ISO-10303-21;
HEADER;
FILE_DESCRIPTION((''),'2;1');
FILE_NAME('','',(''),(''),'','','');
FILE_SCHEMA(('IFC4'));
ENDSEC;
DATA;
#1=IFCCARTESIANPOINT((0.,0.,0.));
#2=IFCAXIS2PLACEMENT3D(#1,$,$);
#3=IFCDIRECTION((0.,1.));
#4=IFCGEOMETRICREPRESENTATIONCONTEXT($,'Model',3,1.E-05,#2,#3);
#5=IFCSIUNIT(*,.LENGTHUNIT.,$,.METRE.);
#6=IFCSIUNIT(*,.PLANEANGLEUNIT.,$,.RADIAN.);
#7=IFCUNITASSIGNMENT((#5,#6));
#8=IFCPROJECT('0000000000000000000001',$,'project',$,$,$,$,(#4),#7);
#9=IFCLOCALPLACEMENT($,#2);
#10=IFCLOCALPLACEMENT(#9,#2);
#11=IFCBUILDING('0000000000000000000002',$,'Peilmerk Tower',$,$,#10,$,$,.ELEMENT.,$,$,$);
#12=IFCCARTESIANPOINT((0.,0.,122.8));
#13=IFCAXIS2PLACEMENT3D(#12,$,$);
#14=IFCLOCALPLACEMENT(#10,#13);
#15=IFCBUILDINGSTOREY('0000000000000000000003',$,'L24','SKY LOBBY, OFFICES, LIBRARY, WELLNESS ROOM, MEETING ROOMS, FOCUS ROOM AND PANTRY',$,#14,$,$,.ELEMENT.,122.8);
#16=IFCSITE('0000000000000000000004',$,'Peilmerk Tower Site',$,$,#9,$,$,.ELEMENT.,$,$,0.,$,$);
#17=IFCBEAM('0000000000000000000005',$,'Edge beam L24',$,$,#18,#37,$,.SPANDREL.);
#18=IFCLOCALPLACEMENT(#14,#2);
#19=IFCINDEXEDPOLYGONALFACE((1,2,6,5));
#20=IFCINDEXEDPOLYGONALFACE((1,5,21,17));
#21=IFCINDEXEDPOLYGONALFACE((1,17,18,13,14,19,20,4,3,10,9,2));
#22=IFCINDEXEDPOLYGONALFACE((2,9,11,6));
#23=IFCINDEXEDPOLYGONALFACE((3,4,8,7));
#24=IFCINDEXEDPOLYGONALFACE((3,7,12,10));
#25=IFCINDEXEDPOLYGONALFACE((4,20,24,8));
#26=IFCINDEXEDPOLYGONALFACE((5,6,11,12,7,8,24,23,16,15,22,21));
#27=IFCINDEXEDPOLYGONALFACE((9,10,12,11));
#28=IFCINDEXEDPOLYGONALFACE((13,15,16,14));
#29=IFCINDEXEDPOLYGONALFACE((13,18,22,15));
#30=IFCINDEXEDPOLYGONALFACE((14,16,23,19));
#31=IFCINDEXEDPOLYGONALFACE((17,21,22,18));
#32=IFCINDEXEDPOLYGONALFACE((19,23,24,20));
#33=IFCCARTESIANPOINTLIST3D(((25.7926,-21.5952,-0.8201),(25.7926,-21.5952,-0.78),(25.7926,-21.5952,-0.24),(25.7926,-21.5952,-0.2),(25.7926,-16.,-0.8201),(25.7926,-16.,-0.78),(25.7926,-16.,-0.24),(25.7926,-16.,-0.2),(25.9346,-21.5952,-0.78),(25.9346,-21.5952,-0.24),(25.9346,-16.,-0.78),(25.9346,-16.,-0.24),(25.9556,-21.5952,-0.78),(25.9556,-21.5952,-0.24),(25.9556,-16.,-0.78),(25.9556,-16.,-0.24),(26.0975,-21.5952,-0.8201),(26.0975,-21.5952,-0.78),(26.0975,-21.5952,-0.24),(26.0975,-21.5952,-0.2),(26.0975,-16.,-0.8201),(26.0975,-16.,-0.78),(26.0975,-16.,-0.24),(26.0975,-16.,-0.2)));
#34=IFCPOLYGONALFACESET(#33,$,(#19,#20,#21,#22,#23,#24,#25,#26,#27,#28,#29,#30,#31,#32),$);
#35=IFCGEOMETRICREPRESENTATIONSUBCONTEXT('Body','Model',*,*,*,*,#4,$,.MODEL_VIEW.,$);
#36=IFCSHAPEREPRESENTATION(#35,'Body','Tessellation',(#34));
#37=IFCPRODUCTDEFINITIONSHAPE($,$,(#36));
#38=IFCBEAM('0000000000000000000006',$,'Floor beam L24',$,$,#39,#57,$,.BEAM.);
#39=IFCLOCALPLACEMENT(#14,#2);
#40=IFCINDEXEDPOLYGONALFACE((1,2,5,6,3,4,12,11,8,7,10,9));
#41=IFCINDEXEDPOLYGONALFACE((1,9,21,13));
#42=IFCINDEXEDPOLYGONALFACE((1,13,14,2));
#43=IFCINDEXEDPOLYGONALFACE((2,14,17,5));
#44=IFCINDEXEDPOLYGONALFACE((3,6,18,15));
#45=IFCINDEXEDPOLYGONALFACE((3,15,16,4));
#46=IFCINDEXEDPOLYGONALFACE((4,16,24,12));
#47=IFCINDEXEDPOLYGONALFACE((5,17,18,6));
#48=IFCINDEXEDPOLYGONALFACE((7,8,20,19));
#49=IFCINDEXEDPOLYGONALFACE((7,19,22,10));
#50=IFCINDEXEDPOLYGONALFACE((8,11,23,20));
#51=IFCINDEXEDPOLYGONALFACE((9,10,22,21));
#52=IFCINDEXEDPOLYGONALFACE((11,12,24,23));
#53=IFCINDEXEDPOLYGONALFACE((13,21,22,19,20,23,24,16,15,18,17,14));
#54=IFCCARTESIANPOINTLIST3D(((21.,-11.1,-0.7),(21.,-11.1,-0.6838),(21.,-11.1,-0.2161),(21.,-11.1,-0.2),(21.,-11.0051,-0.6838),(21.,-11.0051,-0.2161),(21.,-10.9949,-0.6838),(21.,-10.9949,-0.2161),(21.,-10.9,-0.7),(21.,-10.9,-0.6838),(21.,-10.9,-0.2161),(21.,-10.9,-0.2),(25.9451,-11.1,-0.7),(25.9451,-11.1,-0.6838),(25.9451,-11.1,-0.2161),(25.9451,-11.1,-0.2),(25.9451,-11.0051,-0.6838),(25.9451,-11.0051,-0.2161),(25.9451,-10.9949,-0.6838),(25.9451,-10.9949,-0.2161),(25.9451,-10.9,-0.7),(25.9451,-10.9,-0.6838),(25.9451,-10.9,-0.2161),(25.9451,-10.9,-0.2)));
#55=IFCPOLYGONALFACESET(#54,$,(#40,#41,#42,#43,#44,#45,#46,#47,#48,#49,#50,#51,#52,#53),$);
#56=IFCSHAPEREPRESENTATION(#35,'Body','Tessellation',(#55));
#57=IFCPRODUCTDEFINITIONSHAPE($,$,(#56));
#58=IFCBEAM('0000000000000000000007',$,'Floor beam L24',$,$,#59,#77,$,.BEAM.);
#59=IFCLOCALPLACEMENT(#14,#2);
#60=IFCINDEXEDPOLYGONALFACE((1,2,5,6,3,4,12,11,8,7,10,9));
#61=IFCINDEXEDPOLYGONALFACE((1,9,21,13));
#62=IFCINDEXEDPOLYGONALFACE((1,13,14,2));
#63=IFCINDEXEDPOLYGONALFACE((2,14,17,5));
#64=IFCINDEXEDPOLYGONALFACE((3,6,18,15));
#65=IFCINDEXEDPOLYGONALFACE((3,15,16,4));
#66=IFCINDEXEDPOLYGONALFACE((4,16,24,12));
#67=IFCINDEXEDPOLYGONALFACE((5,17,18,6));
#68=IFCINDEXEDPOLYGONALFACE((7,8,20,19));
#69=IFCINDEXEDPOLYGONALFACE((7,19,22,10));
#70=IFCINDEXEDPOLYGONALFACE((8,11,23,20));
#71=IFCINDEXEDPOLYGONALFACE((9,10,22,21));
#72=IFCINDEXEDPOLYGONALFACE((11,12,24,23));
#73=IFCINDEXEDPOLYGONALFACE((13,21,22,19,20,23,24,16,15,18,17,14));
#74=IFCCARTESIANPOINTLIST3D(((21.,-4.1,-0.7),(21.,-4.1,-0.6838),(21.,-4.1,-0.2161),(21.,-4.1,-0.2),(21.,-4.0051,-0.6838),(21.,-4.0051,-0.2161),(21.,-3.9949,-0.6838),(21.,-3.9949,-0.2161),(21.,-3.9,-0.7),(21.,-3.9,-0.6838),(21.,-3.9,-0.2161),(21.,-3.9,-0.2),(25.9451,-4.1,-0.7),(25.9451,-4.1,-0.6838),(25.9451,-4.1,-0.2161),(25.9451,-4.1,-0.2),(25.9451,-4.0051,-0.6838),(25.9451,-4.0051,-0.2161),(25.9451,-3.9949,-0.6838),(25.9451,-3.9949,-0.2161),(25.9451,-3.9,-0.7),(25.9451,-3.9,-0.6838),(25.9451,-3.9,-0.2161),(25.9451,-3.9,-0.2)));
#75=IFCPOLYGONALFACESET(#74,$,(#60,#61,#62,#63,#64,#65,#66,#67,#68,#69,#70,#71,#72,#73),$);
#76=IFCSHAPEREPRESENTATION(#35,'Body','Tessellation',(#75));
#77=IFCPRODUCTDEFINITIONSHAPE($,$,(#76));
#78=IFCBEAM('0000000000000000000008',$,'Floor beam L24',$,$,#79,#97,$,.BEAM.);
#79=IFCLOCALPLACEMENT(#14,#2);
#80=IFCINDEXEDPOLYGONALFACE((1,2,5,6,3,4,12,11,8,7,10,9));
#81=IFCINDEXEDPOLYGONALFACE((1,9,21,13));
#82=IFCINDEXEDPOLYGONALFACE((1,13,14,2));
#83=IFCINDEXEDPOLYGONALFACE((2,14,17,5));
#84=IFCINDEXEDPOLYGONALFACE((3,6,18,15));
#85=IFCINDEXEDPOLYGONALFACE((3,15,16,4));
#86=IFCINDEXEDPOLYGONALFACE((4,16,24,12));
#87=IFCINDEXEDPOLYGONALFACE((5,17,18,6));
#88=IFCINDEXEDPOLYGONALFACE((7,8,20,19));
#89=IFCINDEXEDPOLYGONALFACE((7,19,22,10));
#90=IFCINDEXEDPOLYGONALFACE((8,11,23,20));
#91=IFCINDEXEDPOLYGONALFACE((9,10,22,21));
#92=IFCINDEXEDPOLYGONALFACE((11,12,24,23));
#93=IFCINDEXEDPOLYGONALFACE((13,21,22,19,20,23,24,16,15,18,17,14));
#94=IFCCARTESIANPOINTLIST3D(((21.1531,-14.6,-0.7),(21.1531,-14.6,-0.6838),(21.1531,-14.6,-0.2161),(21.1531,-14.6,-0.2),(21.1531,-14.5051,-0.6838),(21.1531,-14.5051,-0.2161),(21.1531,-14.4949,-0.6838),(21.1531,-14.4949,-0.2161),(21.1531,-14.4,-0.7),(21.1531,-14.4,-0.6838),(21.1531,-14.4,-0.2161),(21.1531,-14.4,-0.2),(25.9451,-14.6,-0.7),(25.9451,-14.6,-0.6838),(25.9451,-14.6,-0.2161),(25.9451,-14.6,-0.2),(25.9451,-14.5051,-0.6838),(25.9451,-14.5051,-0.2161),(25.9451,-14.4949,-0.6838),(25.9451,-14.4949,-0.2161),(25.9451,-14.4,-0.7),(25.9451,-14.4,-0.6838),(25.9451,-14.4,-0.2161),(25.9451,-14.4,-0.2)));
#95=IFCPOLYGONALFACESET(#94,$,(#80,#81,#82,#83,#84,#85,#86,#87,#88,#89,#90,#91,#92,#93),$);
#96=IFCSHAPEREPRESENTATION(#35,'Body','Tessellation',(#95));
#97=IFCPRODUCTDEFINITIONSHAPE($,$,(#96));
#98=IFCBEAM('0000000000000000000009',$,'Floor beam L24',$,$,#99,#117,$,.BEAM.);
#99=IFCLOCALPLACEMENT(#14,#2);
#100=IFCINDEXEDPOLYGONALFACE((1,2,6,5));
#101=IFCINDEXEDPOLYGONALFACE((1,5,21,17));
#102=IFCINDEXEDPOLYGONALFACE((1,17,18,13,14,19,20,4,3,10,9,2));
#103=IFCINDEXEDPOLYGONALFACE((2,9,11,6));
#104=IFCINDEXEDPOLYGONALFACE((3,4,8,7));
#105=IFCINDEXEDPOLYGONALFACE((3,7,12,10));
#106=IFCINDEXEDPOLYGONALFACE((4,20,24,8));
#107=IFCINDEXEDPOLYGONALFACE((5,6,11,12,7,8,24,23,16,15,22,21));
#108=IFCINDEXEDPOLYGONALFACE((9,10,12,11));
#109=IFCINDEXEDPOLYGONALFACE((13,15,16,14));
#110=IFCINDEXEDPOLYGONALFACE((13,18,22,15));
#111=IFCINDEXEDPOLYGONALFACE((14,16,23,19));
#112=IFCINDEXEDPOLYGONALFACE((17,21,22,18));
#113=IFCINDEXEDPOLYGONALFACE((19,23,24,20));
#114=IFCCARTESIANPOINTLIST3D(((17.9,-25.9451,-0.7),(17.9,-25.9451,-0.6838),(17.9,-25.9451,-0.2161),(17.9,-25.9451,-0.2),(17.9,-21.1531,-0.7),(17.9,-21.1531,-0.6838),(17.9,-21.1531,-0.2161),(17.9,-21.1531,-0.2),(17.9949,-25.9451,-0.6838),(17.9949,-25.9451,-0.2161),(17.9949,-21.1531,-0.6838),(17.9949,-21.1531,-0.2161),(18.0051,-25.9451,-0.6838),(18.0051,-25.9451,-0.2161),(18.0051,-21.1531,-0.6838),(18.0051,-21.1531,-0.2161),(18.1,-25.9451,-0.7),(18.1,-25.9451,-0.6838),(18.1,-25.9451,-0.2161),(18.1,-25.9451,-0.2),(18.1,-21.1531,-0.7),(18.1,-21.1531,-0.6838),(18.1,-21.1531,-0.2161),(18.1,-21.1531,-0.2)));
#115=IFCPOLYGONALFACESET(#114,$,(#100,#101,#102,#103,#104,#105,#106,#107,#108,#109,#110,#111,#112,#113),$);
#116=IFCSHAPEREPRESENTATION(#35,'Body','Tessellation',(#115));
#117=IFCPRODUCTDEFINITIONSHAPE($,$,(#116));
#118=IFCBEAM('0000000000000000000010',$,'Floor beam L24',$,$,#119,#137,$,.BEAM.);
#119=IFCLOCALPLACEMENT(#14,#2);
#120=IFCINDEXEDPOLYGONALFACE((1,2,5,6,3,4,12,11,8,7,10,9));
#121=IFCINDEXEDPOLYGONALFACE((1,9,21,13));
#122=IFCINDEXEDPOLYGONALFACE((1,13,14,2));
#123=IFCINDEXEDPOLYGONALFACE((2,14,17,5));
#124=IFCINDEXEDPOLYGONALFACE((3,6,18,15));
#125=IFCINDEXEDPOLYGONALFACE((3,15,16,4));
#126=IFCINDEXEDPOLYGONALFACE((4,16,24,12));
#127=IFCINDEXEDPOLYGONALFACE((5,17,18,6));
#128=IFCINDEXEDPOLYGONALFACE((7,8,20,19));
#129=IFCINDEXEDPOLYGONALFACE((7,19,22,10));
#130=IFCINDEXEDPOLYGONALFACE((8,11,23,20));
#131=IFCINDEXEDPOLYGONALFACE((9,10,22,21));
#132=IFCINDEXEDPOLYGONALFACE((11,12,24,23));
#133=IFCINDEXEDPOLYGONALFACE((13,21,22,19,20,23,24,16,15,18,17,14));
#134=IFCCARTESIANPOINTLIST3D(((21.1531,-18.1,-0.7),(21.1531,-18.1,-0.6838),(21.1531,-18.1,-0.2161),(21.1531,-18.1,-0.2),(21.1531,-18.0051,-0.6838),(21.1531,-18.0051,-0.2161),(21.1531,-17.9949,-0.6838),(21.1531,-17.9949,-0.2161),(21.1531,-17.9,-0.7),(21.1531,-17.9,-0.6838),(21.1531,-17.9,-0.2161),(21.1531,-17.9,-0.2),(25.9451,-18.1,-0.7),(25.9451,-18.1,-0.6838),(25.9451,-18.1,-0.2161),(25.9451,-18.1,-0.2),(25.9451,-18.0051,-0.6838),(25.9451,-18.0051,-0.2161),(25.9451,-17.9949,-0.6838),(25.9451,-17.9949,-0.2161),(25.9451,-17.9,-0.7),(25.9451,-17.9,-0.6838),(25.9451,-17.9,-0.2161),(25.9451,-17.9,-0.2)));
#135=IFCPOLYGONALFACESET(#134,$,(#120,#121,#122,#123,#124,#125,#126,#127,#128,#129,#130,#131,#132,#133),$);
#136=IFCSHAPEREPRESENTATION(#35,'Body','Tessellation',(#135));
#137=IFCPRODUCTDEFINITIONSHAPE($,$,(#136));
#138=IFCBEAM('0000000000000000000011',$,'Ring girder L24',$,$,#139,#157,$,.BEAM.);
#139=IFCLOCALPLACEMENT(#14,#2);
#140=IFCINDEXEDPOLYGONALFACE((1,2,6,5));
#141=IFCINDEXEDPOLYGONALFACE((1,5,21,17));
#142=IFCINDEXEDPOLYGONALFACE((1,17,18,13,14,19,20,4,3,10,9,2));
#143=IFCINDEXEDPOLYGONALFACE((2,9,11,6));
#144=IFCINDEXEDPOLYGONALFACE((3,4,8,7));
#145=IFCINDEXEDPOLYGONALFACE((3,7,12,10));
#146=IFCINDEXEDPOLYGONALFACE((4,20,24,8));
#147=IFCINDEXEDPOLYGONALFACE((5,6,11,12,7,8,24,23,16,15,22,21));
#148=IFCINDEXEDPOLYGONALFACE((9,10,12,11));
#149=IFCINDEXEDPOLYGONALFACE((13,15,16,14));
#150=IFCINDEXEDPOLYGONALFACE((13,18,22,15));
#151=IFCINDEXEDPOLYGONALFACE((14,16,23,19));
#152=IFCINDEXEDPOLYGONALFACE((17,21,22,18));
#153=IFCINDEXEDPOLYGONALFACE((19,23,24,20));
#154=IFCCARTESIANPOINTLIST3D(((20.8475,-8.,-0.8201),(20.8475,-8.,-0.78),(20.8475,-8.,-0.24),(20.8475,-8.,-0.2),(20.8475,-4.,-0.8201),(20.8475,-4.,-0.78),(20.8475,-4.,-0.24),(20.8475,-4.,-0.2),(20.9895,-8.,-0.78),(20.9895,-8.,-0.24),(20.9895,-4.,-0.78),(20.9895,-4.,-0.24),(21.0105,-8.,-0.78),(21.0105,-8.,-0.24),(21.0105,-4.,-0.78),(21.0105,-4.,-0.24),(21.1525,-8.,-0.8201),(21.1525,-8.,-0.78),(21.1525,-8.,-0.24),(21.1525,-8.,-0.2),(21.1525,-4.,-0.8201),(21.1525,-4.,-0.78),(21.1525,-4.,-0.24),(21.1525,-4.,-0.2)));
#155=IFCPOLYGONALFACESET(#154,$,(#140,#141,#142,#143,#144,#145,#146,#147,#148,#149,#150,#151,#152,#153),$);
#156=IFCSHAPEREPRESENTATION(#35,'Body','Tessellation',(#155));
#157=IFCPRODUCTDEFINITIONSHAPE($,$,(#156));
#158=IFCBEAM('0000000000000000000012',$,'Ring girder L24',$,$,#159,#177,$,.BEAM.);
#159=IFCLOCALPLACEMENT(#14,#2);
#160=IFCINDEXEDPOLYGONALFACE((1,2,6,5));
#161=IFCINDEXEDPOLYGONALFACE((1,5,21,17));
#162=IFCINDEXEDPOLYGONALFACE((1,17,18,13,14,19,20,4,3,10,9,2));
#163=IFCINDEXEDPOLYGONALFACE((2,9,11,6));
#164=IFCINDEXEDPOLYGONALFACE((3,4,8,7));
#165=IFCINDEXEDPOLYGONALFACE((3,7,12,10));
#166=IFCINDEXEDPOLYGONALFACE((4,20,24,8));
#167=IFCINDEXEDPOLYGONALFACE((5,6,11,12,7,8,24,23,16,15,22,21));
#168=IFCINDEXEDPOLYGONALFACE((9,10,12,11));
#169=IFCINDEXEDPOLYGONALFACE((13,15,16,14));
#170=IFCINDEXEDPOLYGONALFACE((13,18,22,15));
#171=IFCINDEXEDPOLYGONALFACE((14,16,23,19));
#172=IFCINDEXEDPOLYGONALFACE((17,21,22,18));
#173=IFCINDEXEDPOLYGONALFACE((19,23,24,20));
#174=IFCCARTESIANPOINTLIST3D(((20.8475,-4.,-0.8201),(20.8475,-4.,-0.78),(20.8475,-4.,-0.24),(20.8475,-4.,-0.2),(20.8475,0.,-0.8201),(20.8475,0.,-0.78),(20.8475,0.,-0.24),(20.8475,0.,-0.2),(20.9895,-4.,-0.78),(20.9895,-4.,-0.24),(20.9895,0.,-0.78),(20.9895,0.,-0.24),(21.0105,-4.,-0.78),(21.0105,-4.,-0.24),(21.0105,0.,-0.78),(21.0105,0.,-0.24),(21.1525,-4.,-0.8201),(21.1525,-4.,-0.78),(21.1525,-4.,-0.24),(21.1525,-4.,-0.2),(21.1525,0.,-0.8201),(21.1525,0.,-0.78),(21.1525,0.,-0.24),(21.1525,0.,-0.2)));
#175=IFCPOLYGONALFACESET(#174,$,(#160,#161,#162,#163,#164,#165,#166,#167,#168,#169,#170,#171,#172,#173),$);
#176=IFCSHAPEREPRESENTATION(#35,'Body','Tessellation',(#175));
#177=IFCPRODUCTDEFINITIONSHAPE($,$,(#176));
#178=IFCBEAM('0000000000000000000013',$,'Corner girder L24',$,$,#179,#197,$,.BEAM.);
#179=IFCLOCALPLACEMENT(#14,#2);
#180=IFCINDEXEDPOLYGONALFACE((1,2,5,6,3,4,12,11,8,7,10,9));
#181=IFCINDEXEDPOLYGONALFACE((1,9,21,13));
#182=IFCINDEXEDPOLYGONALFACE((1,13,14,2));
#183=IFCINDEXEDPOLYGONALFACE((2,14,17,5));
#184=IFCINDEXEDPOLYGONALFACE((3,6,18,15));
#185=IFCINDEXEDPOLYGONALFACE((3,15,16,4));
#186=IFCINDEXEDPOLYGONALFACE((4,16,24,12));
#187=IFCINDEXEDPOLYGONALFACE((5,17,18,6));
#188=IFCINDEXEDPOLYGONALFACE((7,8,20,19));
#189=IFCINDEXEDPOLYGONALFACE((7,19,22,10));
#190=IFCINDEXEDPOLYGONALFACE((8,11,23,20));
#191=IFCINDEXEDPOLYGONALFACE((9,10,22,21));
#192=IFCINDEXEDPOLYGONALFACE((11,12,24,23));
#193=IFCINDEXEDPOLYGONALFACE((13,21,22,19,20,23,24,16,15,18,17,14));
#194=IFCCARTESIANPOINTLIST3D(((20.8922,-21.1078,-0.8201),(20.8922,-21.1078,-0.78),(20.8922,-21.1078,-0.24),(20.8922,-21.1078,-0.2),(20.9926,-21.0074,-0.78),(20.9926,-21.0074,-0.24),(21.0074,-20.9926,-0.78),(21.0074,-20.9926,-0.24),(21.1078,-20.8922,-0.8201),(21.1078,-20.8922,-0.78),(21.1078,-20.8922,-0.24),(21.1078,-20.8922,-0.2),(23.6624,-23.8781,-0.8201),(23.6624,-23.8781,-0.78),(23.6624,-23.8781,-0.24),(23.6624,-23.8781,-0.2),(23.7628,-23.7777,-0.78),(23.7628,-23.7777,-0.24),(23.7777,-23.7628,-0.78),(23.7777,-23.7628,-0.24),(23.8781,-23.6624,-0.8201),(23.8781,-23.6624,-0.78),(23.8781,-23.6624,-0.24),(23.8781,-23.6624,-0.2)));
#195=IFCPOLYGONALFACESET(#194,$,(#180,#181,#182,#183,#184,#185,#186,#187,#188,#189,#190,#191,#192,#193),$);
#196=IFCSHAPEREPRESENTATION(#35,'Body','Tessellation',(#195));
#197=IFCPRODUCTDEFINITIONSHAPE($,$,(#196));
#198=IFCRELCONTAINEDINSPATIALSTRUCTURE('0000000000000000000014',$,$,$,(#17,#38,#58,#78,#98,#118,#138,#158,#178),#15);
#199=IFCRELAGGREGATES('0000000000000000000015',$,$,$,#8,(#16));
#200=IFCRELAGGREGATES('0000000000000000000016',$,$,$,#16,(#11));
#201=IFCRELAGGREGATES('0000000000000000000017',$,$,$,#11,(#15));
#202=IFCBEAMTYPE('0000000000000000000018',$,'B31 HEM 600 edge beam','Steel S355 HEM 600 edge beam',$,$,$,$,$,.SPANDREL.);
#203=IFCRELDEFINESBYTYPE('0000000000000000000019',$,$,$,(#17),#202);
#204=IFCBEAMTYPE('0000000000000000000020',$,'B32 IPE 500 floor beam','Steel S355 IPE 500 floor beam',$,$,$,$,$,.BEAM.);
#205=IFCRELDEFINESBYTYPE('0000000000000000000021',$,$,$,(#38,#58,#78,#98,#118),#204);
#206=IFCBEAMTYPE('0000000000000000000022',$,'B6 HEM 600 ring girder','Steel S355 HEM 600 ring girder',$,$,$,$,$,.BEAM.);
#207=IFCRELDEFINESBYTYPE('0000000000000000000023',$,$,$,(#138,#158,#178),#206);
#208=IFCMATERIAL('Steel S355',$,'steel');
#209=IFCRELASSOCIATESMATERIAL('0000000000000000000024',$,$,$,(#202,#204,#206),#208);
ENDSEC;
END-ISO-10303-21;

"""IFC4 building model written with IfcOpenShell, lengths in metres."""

from ifc_helpers import new_model, si_unit, direction, frame, origin, origin_2d, place, context, subcontext, project, spatial, i_section, extrude, material, material_profile, profile_set, type_object, element, save


model = new_model("IFC4")

# Units and contexts
model_context = context("Model", 3, precision=1e-05, world=origin(), true_north=direction((0.0, 1.0)))
body_context = subcontext(model_context, "Body", "Model", "MODEL_VIEW")
ifc_project = project(units=[si_unit("LENGTHUNIT", "METRE"), si_unit("PLANEANGLEUNIT", "RADIAN")], contexts=[model_context])

# Site, building, storey
site_placement = place(None, origin())
site = spatial("IfcSite", under=ifc_project, at=site_placement, Name="Peilmerk Tower Site", CompositionType="ELEMENT", RefElevation=0.0)
building_placement = place(site_placement, origin())
building = spatial("IfcBuilding", under=site, at=building_placement, Name="Peilmerk Tower", CompositionType="ELEMENT")
storey_placement = place(building_placement, frame((0.0, 0.0, 122.8)))
storey = spatial("IfcBuildingStorey", under=building, at=storey_placement, Name="L24", Description="SKY LOBBY, OFFICES, LIBRARY, WELLNESS ROOM, MEETING ROOMS, FOCUS ROOM AND PANTRY", CompositionType="ELEMENT", Elevation=122.8)

# Beams
ifc_material_1 = material(Name="Steel S355", Category="steel")
ifc_material_profile_1 = material_profile(ifc_material_1, i_section(OverallWidth=0.3049, OverallDepth=0.6201, WebThickness=0.021, FlangeThickness=0.04, at=origin_2d()), Name="HEM 600")
ifc_profile_set_1 = profile_set([ifc_material_profile_1], Name="Steel S355")
beam_type_1 = type_object("IfcBeamType", Name="B31 HEM 600 edge beam", Description="Steel S355 HEM 600 edge beam", PredefinedType="SPANDREL", material=ifc_profile_set_1)
beam_1_placement = place(storey_placement, frame((25.9451, -21.5952, -0.51), z_axis=(0.0, 1.0, 0.0), x_axis=(-1.0, 0.0, 0.0)))
element("IfcBeam", 1, at=beam_1_placement, inside=storey, type_object=beam_type_1, Name="Edge beam L24", PredefinedType="SPANDREL", context=body_context, shape_type="SweptSolid", body=[
    extrude(i_section(OverallWidth=0.3049, OverallDepth=0.6201, WebThickness=0.021, FlangeThickness=0.04, at=origin_2d()), origin(), (0.0, 0.0, 1.0), 5.5952),
])
ifc_material_profile_2 = material_profile(ifc_material_1, i_section(OverallWidth=0.2, OverallDepth=0.5, WebThickness=0.0103, FlangeThickness=0.0161, at=origin_2d()), Name="IPE 500")
ifc_profile_set_2 = profile_set([ifc_material_profile_2], Name="Steel S355")
beam_type_2 = type_object("IfcBeamType", Name="B32 IPE 500 floor beam", Description="Steel S355 IPE 500 floor beam", PredefinedType="BEAM", material=ifc_profile_set_2)
for number, where, z_axis, x_axis, name in (
    (2, (21.0, -11.0, -0.45), (1.0, 0.0, 0.0), (0.0, 1.0, 0.0), "Floor beam L24"),
    (3, (21.0, -4.0, -0.45), (1.0, 0.0, 0.0), (0.0, 1.0, 0.0), "Floor beam L24"),
):
    element("IfcBeam", number, at=place(storey_placement, frame(where, z_axis=z_axis, x_axis=x_axis)), inside=storey, type_object=beam_type_2, Name=name, PredefinedType="BEAM", context=body_context, shape_type="SweptSolid", body=[
        extrude(i_section(OverallWidth=0.2, OverallDepth=0.5, WebThickness=0.0103, FlangeThickness=0.0161, at=origin_2d()), origin(), (0.0, 0.0, 1.0), 4.9451),
    ])
for number, where, z_axis, x_axis, name in (
    (4, (21.1531, -14.5, -0.45), (1.0, 0.0, 0.0), (0.0, 1.0, 0.0), "Floor beam L24"),
    (5, (18.0, -21.1531, -0.45), (0.0, -1.0, 0.0), (1.0, 0.0, 0.0), "Floor beam L24"),
    (6, (21.1531, -18.0, -0.45), (1.0, 0.0, 0.0), (0.0, 1.0, 0.0), "Floor beam L24"),
):
    element("IfcBeam", number, at=place(storey_placement, frame(where, z_axis=z_axis, x_axis=x_axis)), inside=storey, type_object=beam_type_2, Name=name, PredefinedType="BEAM", context=body_context, shape_type="SweptSolid", body=[
        extrude(i_section(OverallWidth=0.2, OverallDepth=0.5, WebThickness=0.0103, FlangeThickness=0.0161, at=origin_2d()), origin(), (0.0, 0.0, 1.0), 4.792),
    ])
ifc_material_profile_3 = material_profile(ifc_material_1, i_section(OverallWidth=0.3049, OverallDepth=0.6201, WebThickness=0.021, FlangeThickness=0.04, at=origin_2d()), Name="HEM 600")
ifc_profile_set_3 = profile_set([ifc_material_profile_3], Name="Steel S355")
beam_type_3 = type_object("IfcBeamType", Name="B6 HEM 600 ring girder", Description="Steel S355 HEM 600 ring girder", PredefinedType="BEAM", material=ifc_profile_set_3)
for number, where, z_axis, x_axis, name in (
    (7, (21.0, -8.0, -0.51), (0.0, 1.0, 0.0), (-1.0, 0.0, 0.0), "Ring girder L24"),
    (8, (21.0, -4.0, -0.51), (0.0, 1.0, 0.0), (-1.0, 0.0, 0.0), "Ring girder L24"),
):
    element("IfcBeam", number, at=place(storey_placement, frame(where, z_axis=z_axis, x_axis=x_axis)), inside=storey, type_object=beam_type_3, Name=name, PredefinedType="BEAM", context=body_context, shape_type="SweptSolid", body=[
        extrude(i_section(OverallWidth=0.3049, OverallDepth=0.6201, WebThickness=0.021, FlangeThickness=0.04, at=origin_2d()), origin(), (0.0, 0.0, 1.0), 4.0),
    ])
beam_2_placement = place(storey_placement, frame((21.0, -21.0, -0.51), z_axis=(0.707107, -0.707107, 0.0), x_axis=(0.707107, 0.707107, 0.0)))
element("IfcBeam", 9, at=beam_2_placement, inside=storey, type_object=beam_type_3, Name="Corner girder L24", PredefinedType="BEAM", context=body_context, shape_type="SweptSolid", body=[
    extrude(i_section(OverallWidth=0.3049, OverallDepth=0.6201, WebThickness=0.021, FlangeThickness=0.04, at=origin_2d()), origin(), (0.0, 0.0, 1.0), 3.9177),
])

save(model, "model.ifc")
